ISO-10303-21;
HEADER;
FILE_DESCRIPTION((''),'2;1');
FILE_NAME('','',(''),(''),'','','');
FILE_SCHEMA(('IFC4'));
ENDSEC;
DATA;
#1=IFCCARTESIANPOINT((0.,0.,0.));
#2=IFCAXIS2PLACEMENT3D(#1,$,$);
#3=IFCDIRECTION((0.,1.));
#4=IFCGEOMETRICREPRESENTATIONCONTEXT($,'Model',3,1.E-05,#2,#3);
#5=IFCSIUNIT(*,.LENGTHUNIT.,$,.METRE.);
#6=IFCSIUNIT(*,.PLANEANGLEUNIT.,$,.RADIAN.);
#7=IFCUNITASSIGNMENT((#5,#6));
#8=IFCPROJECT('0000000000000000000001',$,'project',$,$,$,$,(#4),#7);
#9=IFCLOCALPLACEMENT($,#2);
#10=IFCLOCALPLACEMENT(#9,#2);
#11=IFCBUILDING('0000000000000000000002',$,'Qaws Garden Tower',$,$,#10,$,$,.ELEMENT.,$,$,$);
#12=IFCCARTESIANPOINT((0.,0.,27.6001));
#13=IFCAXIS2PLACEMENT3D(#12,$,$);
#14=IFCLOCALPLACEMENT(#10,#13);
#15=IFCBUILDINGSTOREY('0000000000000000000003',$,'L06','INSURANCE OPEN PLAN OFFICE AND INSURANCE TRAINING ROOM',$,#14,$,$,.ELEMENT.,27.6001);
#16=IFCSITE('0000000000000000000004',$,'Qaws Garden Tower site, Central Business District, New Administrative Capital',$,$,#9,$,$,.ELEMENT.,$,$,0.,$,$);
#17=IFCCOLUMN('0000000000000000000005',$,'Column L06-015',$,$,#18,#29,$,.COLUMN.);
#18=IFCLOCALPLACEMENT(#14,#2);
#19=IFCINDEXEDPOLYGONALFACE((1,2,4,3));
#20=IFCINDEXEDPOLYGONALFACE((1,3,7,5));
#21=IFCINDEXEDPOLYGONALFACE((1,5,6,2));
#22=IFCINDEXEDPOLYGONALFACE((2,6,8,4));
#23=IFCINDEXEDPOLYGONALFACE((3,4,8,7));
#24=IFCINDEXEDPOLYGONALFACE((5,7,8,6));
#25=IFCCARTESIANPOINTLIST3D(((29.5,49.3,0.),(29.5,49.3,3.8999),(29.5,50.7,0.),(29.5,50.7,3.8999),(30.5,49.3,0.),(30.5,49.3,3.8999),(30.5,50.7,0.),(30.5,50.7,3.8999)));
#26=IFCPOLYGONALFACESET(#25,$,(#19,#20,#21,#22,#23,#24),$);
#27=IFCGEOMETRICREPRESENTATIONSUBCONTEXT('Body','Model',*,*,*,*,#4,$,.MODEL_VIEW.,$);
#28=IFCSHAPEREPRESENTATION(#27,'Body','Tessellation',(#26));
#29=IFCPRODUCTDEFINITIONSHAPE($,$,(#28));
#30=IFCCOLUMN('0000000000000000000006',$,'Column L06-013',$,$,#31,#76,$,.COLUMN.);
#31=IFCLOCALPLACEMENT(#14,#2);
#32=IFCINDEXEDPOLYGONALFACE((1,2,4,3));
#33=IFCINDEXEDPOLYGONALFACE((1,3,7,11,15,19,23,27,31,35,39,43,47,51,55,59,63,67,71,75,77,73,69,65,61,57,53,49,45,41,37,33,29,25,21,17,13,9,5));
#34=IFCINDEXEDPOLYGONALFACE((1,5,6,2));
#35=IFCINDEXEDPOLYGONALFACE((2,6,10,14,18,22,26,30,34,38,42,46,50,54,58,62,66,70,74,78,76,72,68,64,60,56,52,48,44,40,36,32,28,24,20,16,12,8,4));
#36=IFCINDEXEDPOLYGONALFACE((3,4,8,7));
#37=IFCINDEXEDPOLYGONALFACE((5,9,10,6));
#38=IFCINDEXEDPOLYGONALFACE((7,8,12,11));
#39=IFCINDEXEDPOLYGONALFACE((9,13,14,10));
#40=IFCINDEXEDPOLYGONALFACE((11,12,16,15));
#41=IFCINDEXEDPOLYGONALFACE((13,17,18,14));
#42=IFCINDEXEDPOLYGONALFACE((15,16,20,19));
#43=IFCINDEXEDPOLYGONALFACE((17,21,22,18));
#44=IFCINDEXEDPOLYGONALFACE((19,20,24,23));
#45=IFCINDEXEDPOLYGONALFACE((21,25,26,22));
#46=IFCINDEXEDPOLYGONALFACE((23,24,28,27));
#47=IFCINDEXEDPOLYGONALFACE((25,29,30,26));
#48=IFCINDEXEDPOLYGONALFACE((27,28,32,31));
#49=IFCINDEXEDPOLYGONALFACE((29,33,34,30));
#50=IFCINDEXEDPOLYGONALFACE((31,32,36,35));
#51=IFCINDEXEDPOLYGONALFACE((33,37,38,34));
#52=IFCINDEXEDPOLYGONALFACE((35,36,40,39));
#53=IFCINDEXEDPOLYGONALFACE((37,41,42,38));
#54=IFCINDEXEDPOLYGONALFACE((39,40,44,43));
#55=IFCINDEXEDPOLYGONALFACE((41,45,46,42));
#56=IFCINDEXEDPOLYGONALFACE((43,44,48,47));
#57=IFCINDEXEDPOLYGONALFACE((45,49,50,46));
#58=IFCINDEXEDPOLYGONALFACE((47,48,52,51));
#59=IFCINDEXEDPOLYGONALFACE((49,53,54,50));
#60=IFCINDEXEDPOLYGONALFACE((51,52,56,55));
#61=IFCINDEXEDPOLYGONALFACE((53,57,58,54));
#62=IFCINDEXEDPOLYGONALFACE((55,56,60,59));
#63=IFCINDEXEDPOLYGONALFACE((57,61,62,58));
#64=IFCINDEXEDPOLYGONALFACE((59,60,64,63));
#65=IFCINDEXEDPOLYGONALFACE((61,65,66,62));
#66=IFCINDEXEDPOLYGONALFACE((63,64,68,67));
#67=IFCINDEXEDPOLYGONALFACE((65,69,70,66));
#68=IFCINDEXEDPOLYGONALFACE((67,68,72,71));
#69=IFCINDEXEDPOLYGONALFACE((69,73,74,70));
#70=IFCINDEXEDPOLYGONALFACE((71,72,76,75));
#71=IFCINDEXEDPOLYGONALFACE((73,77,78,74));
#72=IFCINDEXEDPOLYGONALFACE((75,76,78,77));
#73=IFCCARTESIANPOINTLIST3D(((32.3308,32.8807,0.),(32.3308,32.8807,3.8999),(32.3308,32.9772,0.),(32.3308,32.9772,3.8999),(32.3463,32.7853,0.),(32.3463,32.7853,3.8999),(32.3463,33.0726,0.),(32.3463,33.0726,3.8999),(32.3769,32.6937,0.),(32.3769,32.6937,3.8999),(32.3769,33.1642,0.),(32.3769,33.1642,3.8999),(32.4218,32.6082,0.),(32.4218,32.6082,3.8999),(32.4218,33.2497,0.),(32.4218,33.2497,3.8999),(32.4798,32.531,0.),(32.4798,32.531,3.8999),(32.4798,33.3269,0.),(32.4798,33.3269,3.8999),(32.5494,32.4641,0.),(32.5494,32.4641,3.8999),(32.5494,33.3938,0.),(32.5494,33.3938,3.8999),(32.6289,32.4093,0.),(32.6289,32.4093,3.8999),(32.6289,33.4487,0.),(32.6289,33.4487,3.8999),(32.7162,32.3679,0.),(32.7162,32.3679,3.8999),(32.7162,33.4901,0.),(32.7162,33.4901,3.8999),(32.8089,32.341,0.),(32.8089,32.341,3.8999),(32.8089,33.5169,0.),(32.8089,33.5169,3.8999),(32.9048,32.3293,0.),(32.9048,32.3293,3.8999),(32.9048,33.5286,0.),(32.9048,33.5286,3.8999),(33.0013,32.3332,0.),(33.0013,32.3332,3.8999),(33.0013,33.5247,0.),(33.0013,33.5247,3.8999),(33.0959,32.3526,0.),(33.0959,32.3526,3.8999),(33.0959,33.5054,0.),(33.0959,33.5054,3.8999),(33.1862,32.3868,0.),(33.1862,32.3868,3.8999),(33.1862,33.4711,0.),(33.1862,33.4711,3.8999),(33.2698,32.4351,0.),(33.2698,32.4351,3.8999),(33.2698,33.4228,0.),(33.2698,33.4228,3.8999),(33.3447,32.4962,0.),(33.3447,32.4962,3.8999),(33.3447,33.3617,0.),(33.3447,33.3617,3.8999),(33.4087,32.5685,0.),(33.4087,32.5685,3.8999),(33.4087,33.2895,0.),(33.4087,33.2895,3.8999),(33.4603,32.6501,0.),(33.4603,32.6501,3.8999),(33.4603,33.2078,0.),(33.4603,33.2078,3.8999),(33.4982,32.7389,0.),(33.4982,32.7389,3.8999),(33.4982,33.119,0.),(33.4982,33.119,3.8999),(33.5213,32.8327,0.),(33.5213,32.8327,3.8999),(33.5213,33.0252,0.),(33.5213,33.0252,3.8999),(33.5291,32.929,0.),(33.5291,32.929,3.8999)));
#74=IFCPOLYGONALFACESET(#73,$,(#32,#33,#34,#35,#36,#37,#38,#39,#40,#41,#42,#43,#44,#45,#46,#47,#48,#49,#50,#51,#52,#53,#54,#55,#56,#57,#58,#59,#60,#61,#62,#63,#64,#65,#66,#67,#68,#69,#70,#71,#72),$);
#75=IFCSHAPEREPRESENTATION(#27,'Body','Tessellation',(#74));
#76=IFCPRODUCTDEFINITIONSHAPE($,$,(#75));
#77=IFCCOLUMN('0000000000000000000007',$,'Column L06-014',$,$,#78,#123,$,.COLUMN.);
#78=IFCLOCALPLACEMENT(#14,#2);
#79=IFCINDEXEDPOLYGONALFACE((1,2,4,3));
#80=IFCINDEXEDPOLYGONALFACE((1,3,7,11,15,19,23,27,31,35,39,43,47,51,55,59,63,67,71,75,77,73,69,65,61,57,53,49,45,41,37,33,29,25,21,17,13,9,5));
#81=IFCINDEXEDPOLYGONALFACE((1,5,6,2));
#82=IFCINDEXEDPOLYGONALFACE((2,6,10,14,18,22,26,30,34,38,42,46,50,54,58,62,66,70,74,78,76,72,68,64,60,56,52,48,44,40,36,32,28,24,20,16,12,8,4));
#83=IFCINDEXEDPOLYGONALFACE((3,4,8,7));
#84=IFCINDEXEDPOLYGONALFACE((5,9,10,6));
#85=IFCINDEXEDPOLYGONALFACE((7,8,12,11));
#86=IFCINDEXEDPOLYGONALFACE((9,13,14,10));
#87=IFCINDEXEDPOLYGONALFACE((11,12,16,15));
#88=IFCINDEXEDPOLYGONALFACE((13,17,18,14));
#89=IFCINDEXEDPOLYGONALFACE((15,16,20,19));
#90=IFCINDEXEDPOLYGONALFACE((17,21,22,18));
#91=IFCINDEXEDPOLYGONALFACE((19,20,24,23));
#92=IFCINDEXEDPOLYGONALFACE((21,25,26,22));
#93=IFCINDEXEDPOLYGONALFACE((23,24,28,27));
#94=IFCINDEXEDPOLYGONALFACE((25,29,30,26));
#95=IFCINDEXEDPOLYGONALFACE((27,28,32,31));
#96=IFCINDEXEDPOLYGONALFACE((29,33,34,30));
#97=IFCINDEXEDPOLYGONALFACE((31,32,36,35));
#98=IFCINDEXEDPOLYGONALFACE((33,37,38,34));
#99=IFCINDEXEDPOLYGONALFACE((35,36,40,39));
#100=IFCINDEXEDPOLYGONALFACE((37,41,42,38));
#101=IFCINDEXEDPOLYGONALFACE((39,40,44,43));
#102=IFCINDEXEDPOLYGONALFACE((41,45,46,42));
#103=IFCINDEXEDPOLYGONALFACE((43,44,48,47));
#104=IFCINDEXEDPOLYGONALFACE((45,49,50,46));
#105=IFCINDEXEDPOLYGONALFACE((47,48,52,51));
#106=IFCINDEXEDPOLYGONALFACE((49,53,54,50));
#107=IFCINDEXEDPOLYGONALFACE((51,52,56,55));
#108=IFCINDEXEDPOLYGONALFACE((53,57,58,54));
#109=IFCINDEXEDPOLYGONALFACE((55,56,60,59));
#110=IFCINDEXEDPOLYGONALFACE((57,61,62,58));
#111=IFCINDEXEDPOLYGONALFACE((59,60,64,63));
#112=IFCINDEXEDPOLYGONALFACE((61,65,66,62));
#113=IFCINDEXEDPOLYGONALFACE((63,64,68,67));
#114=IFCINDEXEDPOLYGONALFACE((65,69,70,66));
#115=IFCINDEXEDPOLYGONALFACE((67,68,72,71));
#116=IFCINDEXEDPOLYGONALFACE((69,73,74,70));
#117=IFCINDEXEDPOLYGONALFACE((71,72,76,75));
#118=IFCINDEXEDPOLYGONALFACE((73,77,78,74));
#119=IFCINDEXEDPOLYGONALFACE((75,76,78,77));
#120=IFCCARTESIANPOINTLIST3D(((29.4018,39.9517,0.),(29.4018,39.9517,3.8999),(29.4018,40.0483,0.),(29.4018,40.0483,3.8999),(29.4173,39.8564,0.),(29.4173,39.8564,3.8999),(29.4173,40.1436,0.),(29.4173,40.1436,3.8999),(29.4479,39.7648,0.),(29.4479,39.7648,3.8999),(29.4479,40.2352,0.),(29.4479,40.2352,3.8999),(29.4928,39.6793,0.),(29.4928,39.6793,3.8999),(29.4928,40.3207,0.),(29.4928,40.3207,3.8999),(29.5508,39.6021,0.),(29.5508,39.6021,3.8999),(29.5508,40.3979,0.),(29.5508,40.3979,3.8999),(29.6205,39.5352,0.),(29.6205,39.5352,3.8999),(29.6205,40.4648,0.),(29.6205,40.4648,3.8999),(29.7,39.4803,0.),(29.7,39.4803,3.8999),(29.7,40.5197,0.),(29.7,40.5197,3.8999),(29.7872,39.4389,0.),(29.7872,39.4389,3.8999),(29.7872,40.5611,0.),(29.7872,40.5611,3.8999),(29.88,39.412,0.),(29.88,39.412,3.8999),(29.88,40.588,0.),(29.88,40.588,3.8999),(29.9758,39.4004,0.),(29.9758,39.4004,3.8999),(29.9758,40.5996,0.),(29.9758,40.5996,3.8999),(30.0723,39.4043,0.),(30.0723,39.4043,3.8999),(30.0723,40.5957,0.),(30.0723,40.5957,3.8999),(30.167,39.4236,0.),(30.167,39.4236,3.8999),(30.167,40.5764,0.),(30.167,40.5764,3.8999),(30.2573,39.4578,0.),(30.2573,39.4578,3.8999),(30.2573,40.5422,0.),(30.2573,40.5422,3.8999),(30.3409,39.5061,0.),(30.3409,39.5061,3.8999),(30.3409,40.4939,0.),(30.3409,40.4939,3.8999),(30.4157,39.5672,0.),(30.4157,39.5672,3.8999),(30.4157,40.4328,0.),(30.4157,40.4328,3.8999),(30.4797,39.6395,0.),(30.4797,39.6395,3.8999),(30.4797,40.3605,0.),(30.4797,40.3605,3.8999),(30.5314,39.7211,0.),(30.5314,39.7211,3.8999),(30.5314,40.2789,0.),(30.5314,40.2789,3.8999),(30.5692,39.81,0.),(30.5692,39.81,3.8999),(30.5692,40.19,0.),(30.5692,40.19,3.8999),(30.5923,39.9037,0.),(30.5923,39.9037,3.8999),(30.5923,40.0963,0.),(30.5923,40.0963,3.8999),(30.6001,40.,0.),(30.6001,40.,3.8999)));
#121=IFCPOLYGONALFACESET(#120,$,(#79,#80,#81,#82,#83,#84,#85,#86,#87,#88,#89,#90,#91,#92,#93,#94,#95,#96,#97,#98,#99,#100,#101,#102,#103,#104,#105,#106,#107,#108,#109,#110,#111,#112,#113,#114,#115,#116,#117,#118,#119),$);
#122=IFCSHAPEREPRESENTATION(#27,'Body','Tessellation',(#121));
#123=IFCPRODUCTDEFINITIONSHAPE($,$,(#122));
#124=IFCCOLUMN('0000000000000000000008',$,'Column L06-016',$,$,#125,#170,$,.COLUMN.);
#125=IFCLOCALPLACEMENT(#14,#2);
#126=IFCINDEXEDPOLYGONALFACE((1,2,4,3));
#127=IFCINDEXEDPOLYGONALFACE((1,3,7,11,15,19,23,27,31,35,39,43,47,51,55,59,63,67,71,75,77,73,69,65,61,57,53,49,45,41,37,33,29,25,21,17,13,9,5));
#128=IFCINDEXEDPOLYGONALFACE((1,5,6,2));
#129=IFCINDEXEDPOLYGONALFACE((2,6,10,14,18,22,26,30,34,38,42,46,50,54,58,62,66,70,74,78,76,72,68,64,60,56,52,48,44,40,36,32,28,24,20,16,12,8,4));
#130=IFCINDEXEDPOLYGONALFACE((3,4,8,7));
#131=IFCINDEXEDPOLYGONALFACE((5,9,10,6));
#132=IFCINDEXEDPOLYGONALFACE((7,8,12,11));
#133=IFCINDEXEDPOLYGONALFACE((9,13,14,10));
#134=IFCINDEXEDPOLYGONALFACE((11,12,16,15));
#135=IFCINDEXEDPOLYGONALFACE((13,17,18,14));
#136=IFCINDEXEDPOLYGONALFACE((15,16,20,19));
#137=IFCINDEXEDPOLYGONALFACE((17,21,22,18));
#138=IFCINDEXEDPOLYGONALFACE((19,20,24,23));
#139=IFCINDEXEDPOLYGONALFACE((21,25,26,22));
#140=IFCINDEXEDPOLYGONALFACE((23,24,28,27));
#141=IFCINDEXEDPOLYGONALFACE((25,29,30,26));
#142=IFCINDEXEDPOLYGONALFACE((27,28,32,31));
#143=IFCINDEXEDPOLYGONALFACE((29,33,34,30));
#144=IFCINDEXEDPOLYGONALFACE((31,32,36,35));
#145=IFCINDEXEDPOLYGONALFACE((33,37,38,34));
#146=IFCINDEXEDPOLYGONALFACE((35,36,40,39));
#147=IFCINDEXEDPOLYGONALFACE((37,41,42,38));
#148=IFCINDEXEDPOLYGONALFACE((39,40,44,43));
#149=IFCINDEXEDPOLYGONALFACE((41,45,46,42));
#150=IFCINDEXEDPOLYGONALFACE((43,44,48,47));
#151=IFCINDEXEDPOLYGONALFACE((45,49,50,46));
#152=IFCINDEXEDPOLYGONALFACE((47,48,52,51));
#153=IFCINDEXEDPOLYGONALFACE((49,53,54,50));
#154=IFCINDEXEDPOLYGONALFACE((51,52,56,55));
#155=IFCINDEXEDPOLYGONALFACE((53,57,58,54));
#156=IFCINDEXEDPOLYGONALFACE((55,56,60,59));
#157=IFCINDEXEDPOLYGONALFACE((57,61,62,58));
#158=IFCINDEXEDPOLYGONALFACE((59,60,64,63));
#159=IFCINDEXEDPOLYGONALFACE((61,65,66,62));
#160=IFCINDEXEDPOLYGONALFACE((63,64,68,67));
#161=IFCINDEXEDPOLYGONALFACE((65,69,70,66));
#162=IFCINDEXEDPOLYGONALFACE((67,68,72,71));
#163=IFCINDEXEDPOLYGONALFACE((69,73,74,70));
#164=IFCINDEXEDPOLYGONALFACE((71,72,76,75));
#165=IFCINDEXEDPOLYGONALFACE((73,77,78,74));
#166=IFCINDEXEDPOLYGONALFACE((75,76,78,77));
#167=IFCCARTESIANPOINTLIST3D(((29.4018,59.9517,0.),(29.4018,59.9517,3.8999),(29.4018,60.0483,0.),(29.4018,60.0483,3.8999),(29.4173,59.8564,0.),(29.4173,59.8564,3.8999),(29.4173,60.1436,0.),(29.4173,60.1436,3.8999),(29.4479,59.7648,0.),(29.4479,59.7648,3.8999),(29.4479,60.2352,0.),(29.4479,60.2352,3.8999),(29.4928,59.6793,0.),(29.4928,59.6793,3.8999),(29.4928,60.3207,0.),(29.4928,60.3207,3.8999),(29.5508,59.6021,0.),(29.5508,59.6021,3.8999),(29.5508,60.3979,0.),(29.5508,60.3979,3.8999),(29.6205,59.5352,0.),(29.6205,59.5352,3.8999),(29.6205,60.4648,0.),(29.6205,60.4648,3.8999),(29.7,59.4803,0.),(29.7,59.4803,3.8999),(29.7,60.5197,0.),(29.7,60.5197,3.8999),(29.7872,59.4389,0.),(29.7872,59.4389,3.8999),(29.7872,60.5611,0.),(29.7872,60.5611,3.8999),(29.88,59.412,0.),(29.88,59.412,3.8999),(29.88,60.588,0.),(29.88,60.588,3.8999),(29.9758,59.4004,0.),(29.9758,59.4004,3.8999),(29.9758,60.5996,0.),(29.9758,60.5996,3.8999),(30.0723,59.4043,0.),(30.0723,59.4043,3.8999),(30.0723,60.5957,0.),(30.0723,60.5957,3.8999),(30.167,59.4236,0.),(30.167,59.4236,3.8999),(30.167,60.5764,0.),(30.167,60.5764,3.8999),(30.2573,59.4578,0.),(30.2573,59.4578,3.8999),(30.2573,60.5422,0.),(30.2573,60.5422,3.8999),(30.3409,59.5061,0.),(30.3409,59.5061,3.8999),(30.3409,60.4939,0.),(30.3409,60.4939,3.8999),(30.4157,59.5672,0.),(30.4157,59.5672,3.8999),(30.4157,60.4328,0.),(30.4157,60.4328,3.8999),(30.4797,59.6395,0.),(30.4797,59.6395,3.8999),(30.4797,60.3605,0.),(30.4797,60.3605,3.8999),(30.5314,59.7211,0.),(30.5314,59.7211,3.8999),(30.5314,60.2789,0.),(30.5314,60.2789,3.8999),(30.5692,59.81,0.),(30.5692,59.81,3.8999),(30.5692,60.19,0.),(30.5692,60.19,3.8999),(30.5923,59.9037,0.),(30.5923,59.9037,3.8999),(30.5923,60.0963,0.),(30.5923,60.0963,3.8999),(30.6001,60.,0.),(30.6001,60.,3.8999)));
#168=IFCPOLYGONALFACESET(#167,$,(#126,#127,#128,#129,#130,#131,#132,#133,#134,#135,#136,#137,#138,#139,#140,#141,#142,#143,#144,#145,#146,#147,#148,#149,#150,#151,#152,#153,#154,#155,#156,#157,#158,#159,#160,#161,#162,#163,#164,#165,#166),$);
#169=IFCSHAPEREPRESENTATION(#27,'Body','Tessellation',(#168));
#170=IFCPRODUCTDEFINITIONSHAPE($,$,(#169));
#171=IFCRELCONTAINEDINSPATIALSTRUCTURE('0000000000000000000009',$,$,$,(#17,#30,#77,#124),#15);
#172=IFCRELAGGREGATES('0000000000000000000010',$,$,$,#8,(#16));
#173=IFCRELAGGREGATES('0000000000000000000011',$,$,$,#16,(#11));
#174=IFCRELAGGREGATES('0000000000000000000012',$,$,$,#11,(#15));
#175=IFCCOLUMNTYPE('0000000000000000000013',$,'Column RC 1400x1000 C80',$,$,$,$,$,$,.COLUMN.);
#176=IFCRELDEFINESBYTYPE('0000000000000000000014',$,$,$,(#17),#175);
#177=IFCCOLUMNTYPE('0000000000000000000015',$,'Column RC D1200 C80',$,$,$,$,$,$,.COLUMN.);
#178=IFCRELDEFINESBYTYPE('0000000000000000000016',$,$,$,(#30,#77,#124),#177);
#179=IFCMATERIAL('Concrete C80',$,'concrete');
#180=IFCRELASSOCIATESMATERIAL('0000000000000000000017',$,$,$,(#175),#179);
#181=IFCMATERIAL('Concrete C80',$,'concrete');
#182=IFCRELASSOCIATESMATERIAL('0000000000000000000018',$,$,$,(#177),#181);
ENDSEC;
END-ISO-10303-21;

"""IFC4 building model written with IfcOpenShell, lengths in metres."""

from ifc_helpers import new_model, si_unit, direction, frame, origin, origin_2d, place, context, subcontext, project, spatial, rectangle, circle, extrude, material, material_profile, profile_set, type_object, element, save


model = new_model("IFC4")

# Units and contexts
model_context = context("Model", 3, precision=1e-05, world=origin(), true_north=direction((0.0, 1.0)))
body_context = subcontext(model_context, "Body", "Model", "MODEL_VIEW")
ifc_project = project(units=[si_unit("LENGTHUNIT", "METRE"), si_unit("PLANEANGLEUNIT", "RADIAN")], contexts=[model_context])

# Site, building, storey
site_placement = place(None, origin())
site = spatial("IfcSite", under=ifc_project, at=site_placement, Name="Qaws Garden Tower site, Central Business District, New Administrative Capital", CompositionType="ELEMENT", RefElevation=0.0)
building_placement = place(site_placement, origin())
building = spatial("IfcBuilding", under=site, at=building_placement, Name="Qaws Garden Tower", CompositionType="ELEMENT")
storey_placement = place(building_placement, frame((0.0, 0.0, 27.6001)))
storey = spatial("IfcBuildingStorey", under=building, at=storey_placement, Name="L06", Description="INSURANCE OPEN PLAN OFFICE AND INSURANCE TRAINING ROOM", CompositionType="ELEMENT", Elevation=27.6001)

# Columns
ifc_material_1 = material(Name="Concrete C80", Category="concrete")
ifc_material_profile_1 = material_profile(ifc_material_1, rectangle(XDim=1.3999, YDim=1.0, at=origin_2d()), Name="RC 1400x1000")
ifc_profile_set_1 = profile_set([ifc_material_profile_1], Name="Concrete C80")
column_type_1 = type_object("IfcColumnType", Name="Column RC 1400x1000 C80", PredefinedType="COLUMN", material=ifc_profile_set_1)
column_placement = place(storey_placement, frame((30.0, 50.0, 0.0), z_axis=(0.0, 0.0, 1.0), x_axis=(0.0, 1.0, 0.0)))
element("IfcColumn", 1, at=column_placement, inside=storey, type_object=column_type_1, Name="Column L06-015", PredefinedType="COLUMN", context=body_context, shape_type="SweptSolid", body=[
    extrude(rectangle(XDim=1.3999, YDim=1.0, at=origin_2d()), origin(), (0.0, 0.0, 1.0), 3.8999),
])
ifc_material_2 = material(Name="Concrete C80", Category="concrete")
ifc_material_profile_2 = material_profile(ifc_material_2, circle(Radius=0.6001, at=origin_2d()), Name="RC D1200")
ifc_profile_set_2 = profile_set([ifc_material_profile_2], Name="Concrete C80")
column_type_2 = type_object("IfcColumnType", Name="Column RC D1200 C80", PredefinedType="COLUMN", material=ifc_profile_set_2)
for number, where, z_axis, x_axis, name in (
    (2, (32.929, 32.929, 0.0), (0.0, 0.0, 1.0), (1.0, 0.0, 0.0), "Column L06-013"),
    (3, (30.0, 40.0, 0.0), (0.0, 0.0, 1.0), (1.0, 0.0, 0.0), "Column L06-014"),
    (4, (30.0, 60.0, 0.0), (0.0, 0.0, 1.0), (1.0, 0.0, 0.0), "Column L06-016"),
):
    element("IfcColumn", number, at=place(storey_placement, frame(where, z_axis=z_axis, x_axis=x_axis)), inside=storey, type_object=column_type_2, Name=name, PredefinedType="COLUMN", context=body_context, shape_type="SweptSolid", body=[
        extrude(circle(Radius=0.6001, at=origin_2d()), origin(), (0.0, 0.0, 1.0), 3.8999),
    ])

save(model, "model.ifc")
